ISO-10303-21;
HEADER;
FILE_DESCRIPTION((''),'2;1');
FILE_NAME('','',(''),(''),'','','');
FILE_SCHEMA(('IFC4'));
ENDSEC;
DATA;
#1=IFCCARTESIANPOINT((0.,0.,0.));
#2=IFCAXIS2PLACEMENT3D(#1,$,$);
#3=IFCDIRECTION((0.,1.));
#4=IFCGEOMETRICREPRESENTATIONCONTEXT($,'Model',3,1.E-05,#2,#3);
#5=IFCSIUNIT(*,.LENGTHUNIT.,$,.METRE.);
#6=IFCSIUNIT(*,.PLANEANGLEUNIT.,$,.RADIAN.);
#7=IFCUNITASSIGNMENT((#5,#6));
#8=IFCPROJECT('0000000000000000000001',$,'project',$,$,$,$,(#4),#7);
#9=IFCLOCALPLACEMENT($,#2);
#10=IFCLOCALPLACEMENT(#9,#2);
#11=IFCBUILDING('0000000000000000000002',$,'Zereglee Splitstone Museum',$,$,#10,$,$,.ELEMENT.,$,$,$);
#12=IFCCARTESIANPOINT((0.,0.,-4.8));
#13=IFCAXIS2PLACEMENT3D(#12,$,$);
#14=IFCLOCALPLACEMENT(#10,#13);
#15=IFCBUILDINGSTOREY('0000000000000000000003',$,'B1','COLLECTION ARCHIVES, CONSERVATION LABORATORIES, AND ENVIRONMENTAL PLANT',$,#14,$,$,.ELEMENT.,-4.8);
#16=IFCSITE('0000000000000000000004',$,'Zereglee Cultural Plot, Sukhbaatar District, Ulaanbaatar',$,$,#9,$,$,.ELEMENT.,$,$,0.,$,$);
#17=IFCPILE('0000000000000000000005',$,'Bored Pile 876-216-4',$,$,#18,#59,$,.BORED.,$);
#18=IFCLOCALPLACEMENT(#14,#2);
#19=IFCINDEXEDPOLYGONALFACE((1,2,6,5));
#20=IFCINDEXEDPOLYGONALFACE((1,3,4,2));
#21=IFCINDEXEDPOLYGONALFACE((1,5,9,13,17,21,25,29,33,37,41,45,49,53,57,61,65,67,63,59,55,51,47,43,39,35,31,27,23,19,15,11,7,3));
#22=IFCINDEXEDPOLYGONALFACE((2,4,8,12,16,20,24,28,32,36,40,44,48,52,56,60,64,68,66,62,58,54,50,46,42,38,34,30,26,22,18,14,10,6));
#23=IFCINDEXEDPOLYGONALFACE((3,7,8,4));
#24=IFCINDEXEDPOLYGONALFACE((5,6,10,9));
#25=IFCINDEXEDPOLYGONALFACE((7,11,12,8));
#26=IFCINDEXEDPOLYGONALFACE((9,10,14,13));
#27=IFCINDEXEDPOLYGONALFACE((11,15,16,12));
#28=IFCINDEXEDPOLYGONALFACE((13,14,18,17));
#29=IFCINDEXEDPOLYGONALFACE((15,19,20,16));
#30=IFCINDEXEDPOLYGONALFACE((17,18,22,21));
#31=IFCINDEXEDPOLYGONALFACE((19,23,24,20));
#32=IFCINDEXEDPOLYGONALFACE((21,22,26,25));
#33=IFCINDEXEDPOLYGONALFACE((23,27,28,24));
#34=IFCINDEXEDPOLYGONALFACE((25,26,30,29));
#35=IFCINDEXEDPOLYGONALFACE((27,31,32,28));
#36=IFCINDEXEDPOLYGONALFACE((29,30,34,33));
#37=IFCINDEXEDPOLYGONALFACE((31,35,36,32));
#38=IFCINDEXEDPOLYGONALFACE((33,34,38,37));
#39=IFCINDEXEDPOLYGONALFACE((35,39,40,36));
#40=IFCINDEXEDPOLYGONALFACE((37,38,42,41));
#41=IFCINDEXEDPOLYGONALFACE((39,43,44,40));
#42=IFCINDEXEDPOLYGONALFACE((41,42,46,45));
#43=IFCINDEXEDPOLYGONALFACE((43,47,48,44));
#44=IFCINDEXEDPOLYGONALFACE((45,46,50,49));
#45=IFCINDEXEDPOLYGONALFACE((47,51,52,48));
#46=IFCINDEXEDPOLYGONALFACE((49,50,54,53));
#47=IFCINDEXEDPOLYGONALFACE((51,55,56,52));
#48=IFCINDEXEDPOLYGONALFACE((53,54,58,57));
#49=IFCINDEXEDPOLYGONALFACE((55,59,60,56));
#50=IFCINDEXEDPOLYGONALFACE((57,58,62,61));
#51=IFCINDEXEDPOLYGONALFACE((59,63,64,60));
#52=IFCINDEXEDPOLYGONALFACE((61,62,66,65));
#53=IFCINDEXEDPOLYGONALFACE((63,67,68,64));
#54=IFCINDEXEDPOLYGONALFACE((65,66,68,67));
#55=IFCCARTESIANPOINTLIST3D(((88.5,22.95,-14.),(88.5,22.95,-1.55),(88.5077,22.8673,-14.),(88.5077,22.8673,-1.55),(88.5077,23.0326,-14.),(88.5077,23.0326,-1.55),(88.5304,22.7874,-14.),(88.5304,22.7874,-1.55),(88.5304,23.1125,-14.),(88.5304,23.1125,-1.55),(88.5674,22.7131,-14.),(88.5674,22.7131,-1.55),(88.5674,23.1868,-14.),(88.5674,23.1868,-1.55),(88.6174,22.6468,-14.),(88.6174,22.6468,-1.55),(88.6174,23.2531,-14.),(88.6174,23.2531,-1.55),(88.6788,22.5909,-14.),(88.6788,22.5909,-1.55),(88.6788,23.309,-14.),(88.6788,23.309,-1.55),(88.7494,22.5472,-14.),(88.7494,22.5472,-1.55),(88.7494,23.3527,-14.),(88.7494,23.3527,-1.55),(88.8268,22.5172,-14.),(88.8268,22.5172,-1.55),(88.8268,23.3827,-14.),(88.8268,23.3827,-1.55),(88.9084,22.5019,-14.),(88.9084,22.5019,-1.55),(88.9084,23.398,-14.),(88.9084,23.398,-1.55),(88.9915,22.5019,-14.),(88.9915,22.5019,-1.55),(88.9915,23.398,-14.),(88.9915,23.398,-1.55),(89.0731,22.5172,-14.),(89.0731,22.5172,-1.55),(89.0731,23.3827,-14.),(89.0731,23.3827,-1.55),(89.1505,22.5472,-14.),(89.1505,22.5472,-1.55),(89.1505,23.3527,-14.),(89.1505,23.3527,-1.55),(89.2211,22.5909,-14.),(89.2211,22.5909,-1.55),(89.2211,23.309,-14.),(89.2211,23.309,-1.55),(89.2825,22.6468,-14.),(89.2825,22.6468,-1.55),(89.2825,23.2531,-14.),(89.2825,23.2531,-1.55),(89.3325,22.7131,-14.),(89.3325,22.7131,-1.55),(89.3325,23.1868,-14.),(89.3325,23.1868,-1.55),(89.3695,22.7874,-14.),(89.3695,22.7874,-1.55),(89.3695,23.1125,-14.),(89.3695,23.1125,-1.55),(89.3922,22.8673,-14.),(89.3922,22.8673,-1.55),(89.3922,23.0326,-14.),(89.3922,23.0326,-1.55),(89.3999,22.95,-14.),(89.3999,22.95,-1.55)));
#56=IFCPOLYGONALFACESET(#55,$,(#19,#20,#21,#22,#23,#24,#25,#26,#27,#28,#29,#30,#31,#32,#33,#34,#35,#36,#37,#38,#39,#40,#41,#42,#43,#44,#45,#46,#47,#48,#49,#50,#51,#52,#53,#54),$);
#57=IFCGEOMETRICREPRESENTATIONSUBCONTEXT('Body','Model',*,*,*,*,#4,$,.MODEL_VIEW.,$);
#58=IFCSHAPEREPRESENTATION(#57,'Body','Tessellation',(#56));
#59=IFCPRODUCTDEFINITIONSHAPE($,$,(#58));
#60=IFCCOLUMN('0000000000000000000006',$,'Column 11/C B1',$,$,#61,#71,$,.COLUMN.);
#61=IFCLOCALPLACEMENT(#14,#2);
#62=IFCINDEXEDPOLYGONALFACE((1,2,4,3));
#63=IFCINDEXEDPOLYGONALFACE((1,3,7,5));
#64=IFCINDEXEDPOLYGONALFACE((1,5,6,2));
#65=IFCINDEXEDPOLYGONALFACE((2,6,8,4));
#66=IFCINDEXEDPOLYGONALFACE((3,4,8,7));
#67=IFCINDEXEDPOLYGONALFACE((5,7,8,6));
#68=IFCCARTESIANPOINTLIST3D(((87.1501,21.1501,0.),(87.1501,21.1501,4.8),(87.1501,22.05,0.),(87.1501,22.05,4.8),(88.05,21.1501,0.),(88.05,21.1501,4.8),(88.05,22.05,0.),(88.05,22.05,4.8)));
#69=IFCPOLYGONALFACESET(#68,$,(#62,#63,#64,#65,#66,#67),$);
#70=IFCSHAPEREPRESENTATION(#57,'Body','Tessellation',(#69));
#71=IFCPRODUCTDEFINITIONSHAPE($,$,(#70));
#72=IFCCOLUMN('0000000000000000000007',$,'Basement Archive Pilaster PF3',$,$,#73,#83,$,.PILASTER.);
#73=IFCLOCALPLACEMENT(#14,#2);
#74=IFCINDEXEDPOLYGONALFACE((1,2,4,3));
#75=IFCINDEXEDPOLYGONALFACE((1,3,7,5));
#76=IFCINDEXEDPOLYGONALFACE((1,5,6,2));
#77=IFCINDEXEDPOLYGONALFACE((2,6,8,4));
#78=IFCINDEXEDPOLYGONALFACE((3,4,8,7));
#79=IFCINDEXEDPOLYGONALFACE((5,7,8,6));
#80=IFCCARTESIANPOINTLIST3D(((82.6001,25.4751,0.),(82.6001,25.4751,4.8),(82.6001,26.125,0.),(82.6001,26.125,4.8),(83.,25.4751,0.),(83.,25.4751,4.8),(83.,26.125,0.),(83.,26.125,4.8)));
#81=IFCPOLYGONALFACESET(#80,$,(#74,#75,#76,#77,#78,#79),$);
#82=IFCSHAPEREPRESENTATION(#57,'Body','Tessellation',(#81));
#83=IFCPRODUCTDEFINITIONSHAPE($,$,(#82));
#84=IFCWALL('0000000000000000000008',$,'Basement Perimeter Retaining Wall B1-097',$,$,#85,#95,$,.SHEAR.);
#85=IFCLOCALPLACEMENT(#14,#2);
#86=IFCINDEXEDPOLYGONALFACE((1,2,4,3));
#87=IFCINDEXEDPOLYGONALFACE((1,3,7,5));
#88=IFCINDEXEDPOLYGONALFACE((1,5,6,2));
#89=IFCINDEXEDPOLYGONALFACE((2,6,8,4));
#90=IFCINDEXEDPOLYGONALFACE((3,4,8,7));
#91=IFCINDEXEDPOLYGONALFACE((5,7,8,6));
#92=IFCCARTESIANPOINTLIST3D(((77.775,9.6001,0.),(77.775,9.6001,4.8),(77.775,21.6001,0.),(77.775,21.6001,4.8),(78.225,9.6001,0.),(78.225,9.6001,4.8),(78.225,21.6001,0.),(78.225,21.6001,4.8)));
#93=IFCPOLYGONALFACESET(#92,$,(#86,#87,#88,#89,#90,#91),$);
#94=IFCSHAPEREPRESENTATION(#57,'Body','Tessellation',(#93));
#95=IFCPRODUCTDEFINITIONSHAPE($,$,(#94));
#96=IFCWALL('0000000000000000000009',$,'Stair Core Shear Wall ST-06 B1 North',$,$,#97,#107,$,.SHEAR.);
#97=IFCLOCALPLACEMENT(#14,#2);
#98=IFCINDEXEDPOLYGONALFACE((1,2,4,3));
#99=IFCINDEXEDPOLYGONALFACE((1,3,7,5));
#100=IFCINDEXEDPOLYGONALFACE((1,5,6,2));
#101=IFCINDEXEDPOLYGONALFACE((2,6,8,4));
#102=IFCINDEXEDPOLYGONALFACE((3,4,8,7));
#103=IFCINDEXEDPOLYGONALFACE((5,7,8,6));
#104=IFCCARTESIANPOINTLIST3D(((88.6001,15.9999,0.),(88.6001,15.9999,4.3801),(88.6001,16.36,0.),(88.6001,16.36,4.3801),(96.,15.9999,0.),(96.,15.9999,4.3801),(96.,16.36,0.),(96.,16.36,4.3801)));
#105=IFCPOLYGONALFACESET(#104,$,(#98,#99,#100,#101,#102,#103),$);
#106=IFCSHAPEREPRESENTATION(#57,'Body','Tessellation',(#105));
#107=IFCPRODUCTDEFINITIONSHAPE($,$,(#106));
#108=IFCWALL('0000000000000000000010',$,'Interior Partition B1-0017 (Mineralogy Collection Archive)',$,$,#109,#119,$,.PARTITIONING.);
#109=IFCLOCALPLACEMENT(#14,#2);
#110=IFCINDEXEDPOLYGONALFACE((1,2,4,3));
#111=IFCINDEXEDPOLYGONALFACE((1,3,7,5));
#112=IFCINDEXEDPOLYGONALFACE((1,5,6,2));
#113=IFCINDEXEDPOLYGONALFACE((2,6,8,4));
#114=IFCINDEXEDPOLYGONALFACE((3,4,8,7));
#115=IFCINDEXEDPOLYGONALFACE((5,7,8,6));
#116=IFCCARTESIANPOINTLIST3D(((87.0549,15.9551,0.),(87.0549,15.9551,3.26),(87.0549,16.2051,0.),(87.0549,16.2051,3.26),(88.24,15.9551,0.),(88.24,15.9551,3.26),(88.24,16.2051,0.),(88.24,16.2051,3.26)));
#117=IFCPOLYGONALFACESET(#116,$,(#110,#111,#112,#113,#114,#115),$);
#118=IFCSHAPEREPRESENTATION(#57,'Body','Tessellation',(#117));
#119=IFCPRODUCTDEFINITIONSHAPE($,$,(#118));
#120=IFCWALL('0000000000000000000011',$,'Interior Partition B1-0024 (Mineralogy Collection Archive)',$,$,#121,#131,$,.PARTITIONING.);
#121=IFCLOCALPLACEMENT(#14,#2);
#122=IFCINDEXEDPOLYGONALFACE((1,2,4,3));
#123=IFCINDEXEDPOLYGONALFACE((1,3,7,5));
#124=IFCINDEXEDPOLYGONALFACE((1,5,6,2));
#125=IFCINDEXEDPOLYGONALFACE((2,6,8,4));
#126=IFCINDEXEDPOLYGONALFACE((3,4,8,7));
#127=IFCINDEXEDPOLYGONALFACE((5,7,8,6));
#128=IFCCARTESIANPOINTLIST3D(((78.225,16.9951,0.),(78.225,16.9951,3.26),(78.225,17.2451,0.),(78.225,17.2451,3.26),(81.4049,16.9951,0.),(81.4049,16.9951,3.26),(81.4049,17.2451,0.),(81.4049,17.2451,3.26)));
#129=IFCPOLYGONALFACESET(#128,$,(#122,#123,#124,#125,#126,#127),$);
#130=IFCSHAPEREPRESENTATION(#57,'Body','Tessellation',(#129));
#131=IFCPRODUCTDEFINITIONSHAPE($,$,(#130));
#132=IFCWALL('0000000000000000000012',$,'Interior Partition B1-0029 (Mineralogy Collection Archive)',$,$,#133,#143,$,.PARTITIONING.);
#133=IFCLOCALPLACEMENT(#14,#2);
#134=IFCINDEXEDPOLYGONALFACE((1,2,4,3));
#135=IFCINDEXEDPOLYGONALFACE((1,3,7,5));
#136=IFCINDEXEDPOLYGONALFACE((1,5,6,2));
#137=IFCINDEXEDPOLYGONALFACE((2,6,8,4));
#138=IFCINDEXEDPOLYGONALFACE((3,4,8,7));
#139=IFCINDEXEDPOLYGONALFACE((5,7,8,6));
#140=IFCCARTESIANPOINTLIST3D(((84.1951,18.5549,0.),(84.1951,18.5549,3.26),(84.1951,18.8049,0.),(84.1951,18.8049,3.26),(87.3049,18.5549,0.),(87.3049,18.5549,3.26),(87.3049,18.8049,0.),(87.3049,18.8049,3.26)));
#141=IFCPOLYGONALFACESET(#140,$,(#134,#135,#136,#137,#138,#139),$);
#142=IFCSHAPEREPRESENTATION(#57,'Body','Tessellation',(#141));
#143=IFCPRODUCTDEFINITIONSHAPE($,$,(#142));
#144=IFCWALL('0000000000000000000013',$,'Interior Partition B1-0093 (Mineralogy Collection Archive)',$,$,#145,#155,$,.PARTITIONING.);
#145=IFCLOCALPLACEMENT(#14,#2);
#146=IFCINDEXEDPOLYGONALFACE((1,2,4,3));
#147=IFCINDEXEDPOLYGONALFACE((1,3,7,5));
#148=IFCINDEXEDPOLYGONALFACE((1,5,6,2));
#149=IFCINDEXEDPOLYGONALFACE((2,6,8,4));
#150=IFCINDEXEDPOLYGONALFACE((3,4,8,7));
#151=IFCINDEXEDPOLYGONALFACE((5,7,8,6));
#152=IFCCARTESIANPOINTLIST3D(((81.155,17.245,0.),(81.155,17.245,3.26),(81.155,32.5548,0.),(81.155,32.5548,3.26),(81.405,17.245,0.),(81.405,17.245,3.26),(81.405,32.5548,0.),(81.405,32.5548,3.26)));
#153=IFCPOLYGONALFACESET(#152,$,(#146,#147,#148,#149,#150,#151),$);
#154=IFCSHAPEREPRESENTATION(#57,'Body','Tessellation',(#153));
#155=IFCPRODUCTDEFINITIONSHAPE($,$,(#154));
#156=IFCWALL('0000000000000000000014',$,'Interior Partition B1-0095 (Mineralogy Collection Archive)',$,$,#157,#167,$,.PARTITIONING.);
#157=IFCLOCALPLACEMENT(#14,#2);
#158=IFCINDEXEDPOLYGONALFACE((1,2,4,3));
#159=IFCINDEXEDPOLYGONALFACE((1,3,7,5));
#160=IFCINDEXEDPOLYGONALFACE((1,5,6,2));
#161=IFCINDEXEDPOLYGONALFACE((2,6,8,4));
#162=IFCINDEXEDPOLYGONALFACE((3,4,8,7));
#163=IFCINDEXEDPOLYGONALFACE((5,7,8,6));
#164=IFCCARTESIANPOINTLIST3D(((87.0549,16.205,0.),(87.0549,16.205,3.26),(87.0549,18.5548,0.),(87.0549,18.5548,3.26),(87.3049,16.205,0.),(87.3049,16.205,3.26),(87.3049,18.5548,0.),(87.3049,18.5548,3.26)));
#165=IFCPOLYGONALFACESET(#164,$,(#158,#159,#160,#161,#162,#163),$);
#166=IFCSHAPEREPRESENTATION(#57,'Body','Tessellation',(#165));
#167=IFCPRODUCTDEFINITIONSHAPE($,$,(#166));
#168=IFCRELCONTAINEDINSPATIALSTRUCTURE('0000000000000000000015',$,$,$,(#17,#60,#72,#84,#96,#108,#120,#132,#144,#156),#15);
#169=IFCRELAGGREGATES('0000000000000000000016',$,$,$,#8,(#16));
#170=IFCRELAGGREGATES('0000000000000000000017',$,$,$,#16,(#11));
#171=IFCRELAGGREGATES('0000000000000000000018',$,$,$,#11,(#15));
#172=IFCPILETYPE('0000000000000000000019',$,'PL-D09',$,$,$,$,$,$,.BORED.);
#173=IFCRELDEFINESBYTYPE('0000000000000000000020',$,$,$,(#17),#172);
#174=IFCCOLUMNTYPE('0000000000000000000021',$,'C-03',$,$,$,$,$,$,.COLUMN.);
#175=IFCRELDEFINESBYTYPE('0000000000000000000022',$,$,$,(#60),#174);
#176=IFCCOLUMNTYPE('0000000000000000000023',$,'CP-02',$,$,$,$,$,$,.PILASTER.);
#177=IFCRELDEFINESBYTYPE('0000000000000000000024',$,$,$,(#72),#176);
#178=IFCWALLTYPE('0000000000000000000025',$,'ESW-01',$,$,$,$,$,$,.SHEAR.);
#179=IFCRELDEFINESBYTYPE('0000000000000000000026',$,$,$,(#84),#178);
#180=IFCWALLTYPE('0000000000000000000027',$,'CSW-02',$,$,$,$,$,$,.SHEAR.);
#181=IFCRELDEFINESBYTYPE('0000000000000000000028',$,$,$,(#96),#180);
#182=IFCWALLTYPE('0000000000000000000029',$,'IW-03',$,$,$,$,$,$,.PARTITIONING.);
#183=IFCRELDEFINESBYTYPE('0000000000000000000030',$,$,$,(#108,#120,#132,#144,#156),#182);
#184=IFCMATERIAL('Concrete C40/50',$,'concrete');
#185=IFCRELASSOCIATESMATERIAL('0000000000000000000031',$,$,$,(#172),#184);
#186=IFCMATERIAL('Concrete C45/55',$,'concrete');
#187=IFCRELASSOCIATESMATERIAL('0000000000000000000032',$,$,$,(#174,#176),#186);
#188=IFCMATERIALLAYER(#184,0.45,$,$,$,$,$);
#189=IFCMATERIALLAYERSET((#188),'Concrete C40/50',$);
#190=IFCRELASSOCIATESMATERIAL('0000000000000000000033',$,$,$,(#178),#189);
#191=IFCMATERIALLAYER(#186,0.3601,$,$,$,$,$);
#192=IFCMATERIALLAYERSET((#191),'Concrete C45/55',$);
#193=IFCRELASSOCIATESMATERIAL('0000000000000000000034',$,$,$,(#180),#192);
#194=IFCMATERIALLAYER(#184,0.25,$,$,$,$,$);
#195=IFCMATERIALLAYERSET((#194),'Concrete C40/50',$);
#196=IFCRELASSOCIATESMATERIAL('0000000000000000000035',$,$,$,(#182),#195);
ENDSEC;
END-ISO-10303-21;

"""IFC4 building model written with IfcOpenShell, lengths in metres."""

from ifc_helpers import new_model, si_unit, direction, frame, frame_2d, origin, origin_2d, place, context, subcontext, project, spatial, rectangle, circle, extrude, material, layer, layer_set, material_profile, profile_set, type_object, element, save


model = new_model("IFC4")

# Units and contexts
model_context = context("Model", 3, precision=1e-05, world=origin(), true_north=direction((0.0, 1.0)))
body_context = subcontext(model_context, "Body", "Model", "MODEL_VIEW")
ifc_project = project(units=[si_unit("LENGTHUNIT", "METRE"), si_unit("PLANEANGLEUNIT", "RADIAN")], contexts=[model_context])

# Site, building, storey
site_placement = place(None, origin())
site = spatial("IfcSite", under=ifc_project, at=site_placement, Name="Zereglee Cultural Plot, Sukhbaatar District, Ulaanbaatar", CompositionType="ELEMENT", RefElevation=0.0)
building_placement = place(site_placement, origin())
building = spatial("IfcBuilding", under=site, at=building_placement, Name="Zereglee Splitstone Museum", CompositionType="ELEMENT")
storey_placement = place(building_placement, frame((0.0, 0.0, -4.8)))
storey = spatial("IfcBuildingStorey", under=building, at=storey_placement, Name="B1", Description="COLLECTION ARCHIVES, CONSERVATION LABORATORIES, AND ENVIRONMENTAL PLANT", CompositionType="ELEMENT", Elevation=-4.8)

# Shared definitions
ifc_material_1 = material(Name="Concrete C40/50", Category="concrete")

# Pile
ifc_material_profile_1 = material_profile(ifc_material_1, circle(Radius=0.45, at=origin_2d()), Name="PILE D900")
ifc_profile_set_1 = profile_set([ifc_material_profile_1], Name="Concrete C40/50")
pile_type = type_object("IfcPileType", Name="PL-D09", PredefinedType="BORED", material=ifc_profile_set_1)
for number, where, z_axis, x_axis, name in (
    (1, (88.95, 22.95, -1.55), (0.0, 0.0, -1.0), (1.0, 0.0, 0.0), "Bored Pile 876-216-4"),
):
    element("IfcPile", number, at=place(storey_placement, frame(where, z_axis=z_axis, x_axis=x_axis)), inside=storey, type_object=pile_type, Name=name, PredefinedType="BORED", context=body_context, shape_type="SweptSolid", body=[
        extrude(circle(Radius=0.45, at=origin_2d()), origin(), (0.0, 0.0, 1.0), 12.45),
    ])

# Columns
ifc_material_2 = material(Name="Concrete C45/55", Category="concrete")
ifc_material_profile_2 = material_profile(ifc_material_2, rectangle(XDim=0.8999, YDim=0.8999, at=origin_2d()), Name="RC 900x900")
ifc_profile_set_2 = profile_set([ifc_material_profile_2], Name="Concrete C45/55")
column_type_1 = type_object("IfcColumnType", Name="C-03", PredefinedType="COLUMN", material=ifc_profile_set_2)
column_1_placement = place(storey_placement, frame((87.6001, 21.6001, 0.0), z_axis=(0.0, 0.0, 1.0), x_axis=(1.0, 0.0, 0.0)))
element("IfcColumn", 2, at=column_1_placement, inside=storey, type_object=column_type_1, Name="Column 11/C B1", PredefinedType="COLUMN", context=body_context, shape_type="SweptSolid", body=[
    extrude(rectangle(XDim=0.8999, YDim=0.8999, at=origin_2d()), origin(), (0.0, 0.0, 1.0), 4.8),
])
ifc_material_profile_3 = material_profile(ifc_material_2, rectangle(XDim=0.3999, YDim=0.6499, at=origin_2d()), Name="RC 400x650")
ifc_profile_set_3 = profile_set([ifc_material_profile_3], Name="Concrete C45/55")
column_type_2 = type_object("IfcColumnType", Name="CP-02", PredefinedType="PILASTER", material=ifc_profile_set_3)
column_2_placement = place(storey_placement, frame((82.8, 25.8, 0.0), z_axis=(0.0, 0.0, 1.0), x_axis=(1.0, 0.0, 0.0)))
element("IfcColumn", 3, at=column_2_placement, inside=storey, type_object=column_type_2, Name="Basement Archive Pilaster PF3", PredefinedType="PILASTER", context=body_context, shape_type="SweptSolid", body=[
    extrude(rectangle(XDim=0.3999, YDim=0.6499, at=origin_2d()), origin(), (0.0, 0.0, 1.0), 4.8),
])

# Walls
ifc_layer_1 = layer(ifc_material_1, 0.45)
ifc_layer_set_1 = layer_set([ifc_layer_1], Name="Concrete C40/50")
wall_type_1 = type_object("IfcWallType", Name="ESW-01", PredefinedType="SHEAR", material=ifc_layer_set_1)
wall_1_placement = place(storey_placement, frame((78.0, 21.6001, 0.0), z_axis=(0.0, 0.0, 1.0), x_axis=(0.0, -1.0, 0.0)))
element("IfcWall", 4, at=wall_1_placement, inside=storey, type_object=wall_type_1, Name="Basement Perimeter Retaining Wall B1-097", PredefinedType="SHEAR", context=body_context, shape_type="SweptSolid", body=[
    extrude(rectangle(XDim=12.0, YDim=0.45, at=frame_2d((6.0, 0.0))), origin(), (0.0, 0.0, 1.0), 4.8),
])
ifc_layer_2 = layer(ifc_material_2, 0.3601)
ifc_layer_set_2 = layer_set([ifc_layer_2], Name="Concrete C45/55")
wall_type_2 = type_object("IfcWallType", Name="CSW-02", PredefinedType="SHEAR", material=ifc_layer_set_2)
wall_2_placement = place(storey_placement, frame((88.6001, 16.1799, 0.0), z_axis=(0.0, 0.0, 1.0), x_axis=(1.0, 0.0, 0.0)))
element("IfcWall", 5, at=wall_2_placement, inside=storey, type_object=wall_type_2, Name="Stair Core Shear Wall ST-06 B1 North", PredefinedType="SHEAR", context=body_context, shape_type="SweptSolid", body=[
    extrude(rectangle(XDim=7.3999, YDim=0.3601, at=frame_2d((3.7, 0.0))), origin(), (0.0, 0.0, 1.0), 4.3801),
])
ifc_layer_3 = layer(ifc_material_1, 0.25)
ifc_layer_set_3 = layer_set([ifc_layer_3], Name="Concrete C40/50")
wall_type_3 = type_object("IfcWallType", Name="IW-03", PredefinedType="PARTITIONING", material=ifc_layer_set_3)
wall_3_placement = place(storey_placement, frame((87.0549, 16.0801, 0.0), z_axis=(0.0, 0.0, 1.0), x_axis=(1.0, 0.0, 0.0)))
element("IfcWall", 6, at=wall_3_placement, inside=storey, type_object=wall_type_3, Name="Interior Partition B1-0017 (Mineralogy Collection Archive)", PredefinedType="PARTITIONING", context=body_context, shape_type="SweptSolid", body=[
    extrude(rectangle(XDim=1.1851, YDim=0.25, at=frame_2d((0.5925, 0.0))), origin(), (0.0, 0.0, 1.0), 3.26),
])
wall_4_placement = place(storey_placement, frame((78.2251, 17.1201, 0.0), z_axis=(0.0, 0.0, 1.0), x_axis=(1.0, 0.0, 0.0)))
element("IfcWall", 7, at=wall_4_placement, inside=storey, type_object=wall_type_3, Name="Interior Partition B1-0024 (Mineralogy Collection Archive)", PredefinedType="PARTITIONING", context=body_context, shape_type="SweptSolid", body=[
    extrude(rectangle(XDim=3.1799, YDim=0.25, at=frame_2d((1.5898, 0.0))), origin(), (0.0, 0.0, 1.0), 3.26),
])
wall_5_placement = place(storey_placement, frame((84.1951, 18.6799, 0.0), z_axis=(0.0, 0.0, 1.0), x_axis=(1.0, 0.0, 0.0)))
element("IfcWall", 8, at=wall_5_placement, inside=storey, type_object=wall_type_3, Name="Interior Partition B1-0029 (Mineralogy Collection Archive)", PredefinedType="PARTITIONING", context=body_context, shape_type="SweptSolid", body=[
    extrude(rectangle(XDim=3.1099, YDim=0.25, at=frame_2d((1.5549, 0.0))), origin(), (0.0, 0.0, 1.0), 3.26),
])
wall_6_placement = place(storey_placement, frame((81.28, 17.2451, 0.0), z_axis=(0.0, 0.0, 1.0), x_axis=(0.0, 1.0, 0.0)))
element("IfcWall", 9, at=wall_6_placement, inside=storey, type_object=wall_type_3, Name="Interior Partition B1-0093 (Mineralogy Collection Archive)", PredefinedType="PARTITIONING", context=body_context, shape_type="SweptSolid", body=[
    extrude(rectangle(XDim=15.3098, YDim=0.25, at=frame_2d((7.6548, 0.0))), origin(), (0.0, 0.0, 1.0), 3.26),
])
wall_7_placement = place(storey_placement, frame((87.1799, 16.2051, 0.0), z_axis=(0.0, 0.0, 1.0), x_axis=(0.0, 1.0, 0.0)))
element("IfcWall", 10, at=wall_7_placement, inside=storey, type_object=wall_type_3, Name="Interior Partition B1-0095 (Mineralogy Collection Archive)", PredefinedType="PARTITIONING", context=body_context, shape_type="SweptSolid", body=[
    extrude(rectangle(XDim=2.3499, YDim=0.25, at=frame_2d((1.1748, 0.0))), origin(), (0.0, 0.0, 1.0), 3.26),
])

save(model, "model.ifc")
